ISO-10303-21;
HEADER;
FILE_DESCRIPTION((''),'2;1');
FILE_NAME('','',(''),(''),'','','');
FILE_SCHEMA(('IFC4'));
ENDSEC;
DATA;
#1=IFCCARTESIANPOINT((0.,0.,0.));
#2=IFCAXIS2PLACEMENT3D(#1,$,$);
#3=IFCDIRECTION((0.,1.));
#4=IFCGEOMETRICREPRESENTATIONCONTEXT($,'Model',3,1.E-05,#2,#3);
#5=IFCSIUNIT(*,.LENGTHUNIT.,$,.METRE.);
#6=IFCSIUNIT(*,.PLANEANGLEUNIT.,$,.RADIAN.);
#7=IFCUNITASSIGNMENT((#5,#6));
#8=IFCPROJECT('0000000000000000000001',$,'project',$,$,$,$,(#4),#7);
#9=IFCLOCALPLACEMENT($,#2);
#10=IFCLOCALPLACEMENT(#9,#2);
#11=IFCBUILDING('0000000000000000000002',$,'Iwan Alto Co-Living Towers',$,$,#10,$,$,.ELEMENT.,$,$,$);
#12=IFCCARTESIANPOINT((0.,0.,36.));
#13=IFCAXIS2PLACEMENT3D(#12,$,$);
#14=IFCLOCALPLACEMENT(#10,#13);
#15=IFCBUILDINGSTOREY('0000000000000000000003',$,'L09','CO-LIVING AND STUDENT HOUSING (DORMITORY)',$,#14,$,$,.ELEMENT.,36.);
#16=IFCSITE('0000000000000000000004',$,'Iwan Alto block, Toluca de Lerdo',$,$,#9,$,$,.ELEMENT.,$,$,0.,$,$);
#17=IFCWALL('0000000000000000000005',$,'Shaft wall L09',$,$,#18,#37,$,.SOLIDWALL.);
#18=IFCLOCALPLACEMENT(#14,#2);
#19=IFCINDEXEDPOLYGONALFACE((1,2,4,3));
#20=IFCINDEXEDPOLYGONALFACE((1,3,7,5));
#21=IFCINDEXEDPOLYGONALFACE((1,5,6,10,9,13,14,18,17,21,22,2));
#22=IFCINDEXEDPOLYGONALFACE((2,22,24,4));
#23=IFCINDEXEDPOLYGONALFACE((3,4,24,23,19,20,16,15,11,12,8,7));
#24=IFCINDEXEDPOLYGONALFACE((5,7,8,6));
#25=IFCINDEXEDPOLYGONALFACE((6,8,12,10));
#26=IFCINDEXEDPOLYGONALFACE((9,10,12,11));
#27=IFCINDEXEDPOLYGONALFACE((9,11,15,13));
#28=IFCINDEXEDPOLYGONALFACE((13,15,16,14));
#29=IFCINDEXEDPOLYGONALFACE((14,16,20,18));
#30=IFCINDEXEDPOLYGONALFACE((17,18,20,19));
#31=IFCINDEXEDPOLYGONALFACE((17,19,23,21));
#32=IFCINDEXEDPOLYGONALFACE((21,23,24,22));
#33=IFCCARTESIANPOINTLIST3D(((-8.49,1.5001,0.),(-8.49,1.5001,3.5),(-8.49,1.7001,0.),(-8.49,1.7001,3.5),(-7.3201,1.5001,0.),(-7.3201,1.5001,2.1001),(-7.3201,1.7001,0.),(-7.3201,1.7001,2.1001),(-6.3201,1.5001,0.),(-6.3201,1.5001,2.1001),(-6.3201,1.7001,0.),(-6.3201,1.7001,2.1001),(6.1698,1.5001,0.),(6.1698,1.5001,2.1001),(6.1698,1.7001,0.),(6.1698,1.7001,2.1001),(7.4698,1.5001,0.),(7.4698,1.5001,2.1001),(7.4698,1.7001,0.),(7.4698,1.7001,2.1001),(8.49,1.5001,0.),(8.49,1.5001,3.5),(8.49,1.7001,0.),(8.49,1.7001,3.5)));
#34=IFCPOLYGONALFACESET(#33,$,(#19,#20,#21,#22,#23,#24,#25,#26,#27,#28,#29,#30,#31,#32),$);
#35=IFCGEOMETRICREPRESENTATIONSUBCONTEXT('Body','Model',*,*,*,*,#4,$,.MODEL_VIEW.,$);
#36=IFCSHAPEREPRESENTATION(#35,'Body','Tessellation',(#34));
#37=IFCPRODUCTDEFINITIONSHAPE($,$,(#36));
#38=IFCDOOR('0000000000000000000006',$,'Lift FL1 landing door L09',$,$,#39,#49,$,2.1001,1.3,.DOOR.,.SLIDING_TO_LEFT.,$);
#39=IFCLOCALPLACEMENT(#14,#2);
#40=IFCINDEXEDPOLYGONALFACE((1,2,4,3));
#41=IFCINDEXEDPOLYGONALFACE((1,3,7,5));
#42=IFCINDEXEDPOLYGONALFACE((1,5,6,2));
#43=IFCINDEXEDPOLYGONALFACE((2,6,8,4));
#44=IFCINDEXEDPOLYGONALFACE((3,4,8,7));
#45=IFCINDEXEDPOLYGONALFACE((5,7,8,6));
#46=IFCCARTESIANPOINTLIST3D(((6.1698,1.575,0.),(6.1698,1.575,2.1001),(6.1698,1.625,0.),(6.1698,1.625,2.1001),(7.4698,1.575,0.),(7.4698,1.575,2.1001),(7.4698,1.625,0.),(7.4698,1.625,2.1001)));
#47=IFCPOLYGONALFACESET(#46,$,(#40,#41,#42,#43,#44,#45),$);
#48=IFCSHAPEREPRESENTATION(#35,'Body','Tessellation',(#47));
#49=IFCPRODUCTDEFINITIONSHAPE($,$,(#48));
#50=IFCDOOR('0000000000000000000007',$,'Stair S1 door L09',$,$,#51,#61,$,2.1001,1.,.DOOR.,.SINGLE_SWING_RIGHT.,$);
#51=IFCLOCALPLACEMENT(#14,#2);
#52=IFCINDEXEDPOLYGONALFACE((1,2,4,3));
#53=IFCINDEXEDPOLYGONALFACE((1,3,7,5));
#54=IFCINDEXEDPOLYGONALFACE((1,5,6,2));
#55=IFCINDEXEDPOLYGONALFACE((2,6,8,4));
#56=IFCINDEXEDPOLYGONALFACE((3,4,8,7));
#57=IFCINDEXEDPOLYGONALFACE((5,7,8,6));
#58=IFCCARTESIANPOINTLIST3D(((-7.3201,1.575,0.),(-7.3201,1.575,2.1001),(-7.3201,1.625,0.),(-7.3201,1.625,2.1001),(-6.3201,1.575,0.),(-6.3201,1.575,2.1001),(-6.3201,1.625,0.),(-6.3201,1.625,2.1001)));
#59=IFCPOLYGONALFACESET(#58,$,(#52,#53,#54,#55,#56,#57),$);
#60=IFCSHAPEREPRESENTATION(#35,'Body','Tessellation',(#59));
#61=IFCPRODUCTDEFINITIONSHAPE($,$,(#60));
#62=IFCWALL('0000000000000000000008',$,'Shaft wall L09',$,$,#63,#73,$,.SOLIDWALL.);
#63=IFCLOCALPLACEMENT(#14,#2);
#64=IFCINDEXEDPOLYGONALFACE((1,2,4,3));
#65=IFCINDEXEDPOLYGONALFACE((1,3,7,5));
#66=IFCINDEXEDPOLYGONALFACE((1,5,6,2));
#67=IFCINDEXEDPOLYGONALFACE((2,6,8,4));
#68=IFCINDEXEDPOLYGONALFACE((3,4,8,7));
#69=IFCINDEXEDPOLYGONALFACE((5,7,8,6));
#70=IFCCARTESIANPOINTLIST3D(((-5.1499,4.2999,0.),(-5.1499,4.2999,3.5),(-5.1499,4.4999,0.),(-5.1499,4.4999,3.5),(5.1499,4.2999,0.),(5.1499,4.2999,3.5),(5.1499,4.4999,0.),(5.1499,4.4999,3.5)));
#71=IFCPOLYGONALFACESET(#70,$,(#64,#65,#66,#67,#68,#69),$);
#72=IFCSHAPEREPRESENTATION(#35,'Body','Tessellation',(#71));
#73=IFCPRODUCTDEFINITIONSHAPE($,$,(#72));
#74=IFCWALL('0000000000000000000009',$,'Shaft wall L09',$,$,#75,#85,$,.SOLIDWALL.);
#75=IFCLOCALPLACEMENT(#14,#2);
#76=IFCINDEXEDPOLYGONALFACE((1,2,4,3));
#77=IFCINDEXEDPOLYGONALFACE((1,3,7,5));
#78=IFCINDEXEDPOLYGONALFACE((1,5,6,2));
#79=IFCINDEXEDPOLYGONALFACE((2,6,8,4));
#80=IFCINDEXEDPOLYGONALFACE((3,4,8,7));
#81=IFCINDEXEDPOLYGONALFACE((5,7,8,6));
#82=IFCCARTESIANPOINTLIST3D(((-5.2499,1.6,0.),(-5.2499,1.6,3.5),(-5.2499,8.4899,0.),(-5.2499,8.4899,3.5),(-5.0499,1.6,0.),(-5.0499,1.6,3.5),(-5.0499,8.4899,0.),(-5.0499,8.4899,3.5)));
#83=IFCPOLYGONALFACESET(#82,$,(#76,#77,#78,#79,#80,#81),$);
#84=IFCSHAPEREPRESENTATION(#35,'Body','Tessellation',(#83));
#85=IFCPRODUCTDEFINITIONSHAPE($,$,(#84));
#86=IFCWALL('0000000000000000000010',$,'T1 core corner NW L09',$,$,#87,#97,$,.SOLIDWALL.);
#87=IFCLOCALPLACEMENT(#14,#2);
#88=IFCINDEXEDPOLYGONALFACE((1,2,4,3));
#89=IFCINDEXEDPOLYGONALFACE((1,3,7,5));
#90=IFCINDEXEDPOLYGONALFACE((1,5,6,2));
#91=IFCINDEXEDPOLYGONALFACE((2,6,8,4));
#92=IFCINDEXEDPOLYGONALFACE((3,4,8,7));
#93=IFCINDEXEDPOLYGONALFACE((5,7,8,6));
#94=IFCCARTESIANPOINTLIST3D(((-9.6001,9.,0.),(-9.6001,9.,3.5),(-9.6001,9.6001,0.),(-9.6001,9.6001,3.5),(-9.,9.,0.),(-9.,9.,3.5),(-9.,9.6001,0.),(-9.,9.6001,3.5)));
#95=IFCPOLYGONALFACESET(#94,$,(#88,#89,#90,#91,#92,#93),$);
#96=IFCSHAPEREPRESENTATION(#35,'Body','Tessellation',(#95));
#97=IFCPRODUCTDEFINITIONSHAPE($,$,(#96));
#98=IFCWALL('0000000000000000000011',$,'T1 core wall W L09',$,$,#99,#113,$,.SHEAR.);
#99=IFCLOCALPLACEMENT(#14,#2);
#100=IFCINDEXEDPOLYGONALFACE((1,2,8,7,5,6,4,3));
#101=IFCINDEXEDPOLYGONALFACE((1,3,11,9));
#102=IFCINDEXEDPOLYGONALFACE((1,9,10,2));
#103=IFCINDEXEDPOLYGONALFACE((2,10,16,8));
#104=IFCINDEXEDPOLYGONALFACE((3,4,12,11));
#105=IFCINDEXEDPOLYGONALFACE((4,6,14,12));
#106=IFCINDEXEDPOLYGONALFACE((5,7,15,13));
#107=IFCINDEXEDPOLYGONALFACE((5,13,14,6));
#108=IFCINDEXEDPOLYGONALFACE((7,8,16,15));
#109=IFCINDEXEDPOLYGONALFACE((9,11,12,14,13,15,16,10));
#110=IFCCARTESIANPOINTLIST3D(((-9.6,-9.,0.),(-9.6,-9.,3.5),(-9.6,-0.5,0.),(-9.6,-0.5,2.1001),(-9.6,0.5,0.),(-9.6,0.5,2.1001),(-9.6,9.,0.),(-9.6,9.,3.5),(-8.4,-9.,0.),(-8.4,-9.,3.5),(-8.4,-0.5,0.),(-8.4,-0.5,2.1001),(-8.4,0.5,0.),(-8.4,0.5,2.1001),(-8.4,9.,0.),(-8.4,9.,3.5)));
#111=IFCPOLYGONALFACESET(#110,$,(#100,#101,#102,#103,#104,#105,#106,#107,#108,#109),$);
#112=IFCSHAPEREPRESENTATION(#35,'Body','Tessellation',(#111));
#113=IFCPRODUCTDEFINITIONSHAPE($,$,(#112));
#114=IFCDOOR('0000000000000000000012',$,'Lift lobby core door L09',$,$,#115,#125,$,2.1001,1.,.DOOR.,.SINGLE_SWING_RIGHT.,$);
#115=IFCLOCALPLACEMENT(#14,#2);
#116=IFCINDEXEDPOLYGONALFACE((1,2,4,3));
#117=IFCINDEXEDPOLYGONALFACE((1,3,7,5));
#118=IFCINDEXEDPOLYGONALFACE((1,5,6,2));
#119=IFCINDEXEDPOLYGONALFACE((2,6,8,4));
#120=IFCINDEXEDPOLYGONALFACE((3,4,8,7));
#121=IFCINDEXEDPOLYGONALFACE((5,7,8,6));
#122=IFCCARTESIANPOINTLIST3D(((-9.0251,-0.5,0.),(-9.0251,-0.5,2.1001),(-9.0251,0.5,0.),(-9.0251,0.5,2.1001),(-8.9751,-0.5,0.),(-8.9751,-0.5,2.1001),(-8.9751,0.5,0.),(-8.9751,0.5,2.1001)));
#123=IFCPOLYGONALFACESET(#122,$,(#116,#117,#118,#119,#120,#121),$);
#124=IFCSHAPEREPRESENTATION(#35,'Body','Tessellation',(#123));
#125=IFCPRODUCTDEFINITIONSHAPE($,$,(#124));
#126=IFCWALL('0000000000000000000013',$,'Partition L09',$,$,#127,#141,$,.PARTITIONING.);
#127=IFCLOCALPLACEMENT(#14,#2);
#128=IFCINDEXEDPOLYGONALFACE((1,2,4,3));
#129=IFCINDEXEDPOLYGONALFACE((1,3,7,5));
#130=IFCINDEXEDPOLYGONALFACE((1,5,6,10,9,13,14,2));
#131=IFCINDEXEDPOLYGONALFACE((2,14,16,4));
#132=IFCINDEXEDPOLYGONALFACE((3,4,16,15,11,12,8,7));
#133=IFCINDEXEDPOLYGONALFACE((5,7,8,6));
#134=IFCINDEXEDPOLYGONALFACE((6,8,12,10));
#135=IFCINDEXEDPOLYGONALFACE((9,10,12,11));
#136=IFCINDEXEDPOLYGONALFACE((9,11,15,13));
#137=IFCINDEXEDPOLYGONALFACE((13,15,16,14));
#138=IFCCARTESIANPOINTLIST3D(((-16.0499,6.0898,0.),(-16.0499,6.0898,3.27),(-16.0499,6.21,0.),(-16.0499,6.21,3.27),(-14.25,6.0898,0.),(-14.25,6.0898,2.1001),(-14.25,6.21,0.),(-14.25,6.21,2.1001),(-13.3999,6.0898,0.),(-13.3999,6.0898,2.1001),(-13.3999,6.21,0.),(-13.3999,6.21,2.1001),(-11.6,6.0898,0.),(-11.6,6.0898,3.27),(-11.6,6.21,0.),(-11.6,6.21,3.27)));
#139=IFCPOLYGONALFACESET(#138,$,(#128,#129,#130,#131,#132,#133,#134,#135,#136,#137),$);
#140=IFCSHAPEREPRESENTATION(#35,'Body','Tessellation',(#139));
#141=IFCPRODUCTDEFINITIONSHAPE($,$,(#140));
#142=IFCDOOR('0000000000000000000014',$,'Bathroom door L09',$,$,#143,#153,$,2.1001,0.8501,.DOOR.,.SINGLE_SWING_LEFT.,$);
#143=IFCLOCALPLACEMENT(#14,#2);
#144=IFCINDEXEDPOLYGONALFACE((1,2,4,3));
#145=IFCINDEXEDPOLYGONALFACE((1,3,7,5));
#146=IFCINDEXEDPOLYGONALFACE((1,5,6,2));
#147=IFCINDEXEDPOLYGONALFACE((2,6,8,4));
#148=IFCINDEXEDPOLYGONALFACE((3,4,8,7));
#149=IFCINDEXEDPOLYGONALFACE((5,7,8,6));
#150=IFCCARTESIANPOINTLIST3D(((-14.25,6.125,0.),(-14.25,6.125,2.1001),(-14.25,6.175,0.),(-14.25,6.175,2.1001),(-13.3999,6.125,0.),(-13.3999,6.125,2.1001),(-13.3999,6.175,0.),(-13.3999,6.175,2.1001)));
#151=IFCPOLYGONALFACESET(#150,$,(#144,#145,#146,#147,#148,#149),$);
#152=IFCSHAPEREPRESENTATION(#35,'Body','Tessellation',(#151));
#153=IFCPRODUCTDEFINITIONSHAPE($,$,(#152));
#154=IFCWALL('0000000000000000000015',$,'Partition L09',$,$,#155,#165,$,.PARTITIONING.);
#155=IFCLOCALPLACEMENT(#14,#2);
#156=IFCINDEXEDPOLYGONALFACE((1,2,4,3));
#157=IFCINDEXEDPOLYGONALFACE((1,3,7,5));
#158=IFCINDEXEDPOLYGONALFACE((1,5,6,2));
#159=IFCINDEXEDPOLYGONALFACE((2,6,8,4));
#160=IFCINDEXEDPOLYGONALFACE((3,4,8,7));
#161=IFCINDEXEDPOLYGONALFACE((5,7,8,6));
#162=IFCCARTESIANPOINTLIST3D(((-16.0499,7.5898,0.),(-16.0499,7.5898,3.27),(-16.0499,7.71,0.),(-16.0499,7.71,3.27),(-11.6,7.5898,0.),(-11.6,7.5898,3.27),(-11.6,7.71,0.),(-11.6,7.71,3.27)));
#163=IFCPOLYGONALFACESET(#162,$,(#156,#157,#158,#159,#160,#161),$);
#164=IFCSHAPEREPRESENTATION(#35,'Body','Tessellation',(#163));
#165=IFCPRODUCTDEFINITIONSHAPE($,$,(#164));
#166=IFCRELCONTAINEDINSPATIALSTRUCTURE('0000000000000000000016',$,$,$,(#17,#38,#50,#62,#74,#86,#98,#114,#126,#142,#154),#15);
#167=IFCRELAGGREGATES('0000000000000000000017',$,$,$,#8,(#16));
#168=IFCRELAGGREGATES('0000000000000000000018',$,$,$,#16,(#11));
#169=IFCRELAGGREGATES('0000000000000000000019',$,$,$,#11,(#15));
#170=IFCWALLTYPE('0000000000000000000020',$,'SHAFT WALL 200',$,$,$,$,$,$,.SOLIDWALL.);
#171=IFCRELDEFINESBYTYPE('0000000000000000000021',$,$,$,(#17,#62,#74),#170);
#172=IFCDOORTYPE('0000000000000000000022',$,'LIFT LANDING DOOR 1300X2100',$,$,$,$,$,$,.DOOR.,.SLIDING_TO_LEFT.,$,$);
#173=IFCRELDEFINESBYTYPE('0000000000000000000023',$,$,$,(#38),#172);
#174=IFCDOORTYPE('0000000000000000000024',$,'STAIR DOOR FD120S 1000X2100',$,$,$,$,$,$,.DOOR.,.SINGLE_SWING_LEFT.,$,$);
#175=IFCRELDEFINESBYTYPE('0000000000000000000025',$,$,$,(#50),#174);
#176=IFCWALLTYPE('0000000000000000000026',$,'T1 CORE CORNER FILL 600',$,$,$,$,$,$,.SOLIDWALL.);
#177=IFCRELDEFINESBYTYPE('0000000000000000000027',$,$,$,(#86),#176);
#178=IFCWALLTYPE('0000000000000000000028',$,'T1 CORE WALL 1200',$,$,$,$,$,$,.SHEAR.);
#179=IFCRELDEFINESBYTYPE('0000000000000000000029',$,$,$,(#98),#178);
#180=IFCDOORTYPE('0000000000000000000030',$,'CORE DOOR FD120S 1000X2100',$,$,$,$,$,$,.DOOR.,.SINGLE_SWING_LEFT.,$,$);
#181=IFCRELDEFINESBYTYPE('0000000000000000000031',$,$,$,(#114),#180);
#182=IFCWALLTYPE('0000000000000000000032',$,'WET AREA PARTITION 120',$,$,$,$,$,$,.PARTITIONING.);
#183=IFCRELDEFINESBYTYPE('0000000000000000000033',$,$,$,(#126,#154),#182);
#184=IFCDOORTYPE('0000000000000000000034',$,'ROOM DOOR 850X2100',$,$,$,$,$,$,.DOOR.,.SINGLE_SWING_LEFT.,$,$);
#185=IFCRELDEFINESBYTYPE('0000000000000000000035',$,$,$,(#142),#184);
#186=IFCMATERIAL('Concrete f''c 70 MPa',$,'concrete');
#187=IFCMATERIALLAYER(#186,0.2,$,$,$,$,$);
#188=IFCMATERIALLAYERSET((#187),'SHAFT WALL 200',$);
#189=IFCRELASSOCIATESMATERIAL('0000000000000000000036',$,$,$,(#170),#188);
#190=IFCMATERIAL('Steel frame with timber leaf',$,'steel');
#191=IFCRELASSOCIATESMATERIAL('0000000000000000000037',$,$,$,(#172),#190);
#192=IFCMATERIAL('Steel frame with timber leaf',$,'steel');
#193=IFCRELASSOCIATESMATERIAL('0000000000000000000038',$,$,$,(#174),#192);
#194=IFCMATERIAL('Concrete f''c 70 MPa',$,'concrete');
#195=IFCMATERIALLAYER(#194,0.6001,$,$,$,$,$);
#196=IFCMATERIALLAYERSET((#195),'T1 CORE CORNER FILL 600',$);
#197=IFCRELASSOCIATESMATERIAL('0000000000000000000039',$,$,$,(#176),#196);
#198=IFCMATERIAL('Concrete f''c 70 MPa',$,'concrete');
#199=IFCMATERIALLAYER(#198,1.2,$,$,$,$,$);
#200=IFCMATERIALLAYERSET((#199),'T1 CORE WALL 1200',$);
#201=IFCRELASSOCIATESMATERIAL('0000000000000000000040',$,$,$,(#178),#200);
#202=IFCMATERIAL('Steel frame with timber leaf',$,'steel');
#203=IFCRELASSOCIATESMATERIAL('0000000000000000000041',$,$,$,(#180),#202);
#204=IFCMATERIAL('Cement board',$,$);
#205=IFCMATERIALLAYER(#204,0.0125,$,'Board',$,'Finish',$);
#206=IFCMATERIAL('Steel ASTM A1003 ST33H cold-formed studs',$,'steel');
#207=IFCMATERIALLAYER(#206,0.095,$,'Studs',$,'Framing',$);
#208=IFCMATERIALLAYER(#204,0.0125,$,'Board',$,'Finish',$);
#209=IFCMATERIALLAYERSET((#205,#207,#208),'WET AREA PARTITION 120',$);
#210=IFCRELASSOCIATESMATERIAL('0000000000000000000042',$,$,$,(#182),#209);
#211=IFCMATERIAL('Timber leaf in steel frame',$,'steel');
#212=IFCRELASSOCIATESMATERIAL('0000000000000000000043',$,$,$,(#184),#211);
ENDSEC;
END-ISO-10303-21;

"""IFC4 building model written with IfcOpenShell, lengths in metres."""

from ifc_helpers import new_model, si_unit, direction, frame, frame_2d, origin, place, context, subcontext, project, spatial, rectangle, extrude, material, layer, layer_set, type_object, element, fill, save


model = new_model("IFC4")

# Units and contexts
model_context = context("Model", 3, precision=1e-05, world=origin(), true_north=direction((0.0, 1.0)))
body_context = subcontext(model_context, "Body", "Model", "MODEL_VIEW")
ifc_project = project(units=[si_unit("LENGTHUNIT", "METRE"), si_unit("PLANEANGLEUNIT", "RADIAN")], contexts=[model_context])

# Site, building, storey
site_placement = place(None, origin())
site = spatial("IfcSite", under=ifc_project, at=site_placement, Name="Iwan Alto block, Toluca de Lerdo", CompositionType="ELEMENT", RefElevation=0.0)
building_placement = place(site_placement, origin())
building = spatial("IfcBuilding", under=site, at=building_placement, Name="Iwan Alto Co-Living Towers", CompositionType="ELEMENT")
storey_placement = place(building_placement, frame((0.0, 0.0, 36.0)))
storey = spatial("IfcBuildingStorey", under=building, at=storey_placement, Name="L09", Description="CO-LIVING AND STUDENT HOUSING (DORMITORY)", CompositionType="ELEMENT", Elevation=36.0)

# Shared definitions
ifc_material_1 = material(Name="Steel ASTM A1003 ST33H cold-formed studs", Category="steel")

# Wall, openings, doors
ifc_material_2 = material(Name="Concrete f'c 70 MPa", Category="concrete")
ifc_layer_1 = layer(ifc_material_2, 0.2)
ifc_layer_set_1 = layer_set([ifc_layer_1], Name="SHAFT WALL 200")
wall_type_1 = type_object("IfcWallType", Name="SHAFT WALL 200", PredefinedType="SOLIDWALL", material=ifc_layer_set_1)
wall_1_placement = place(storey_placement, frame((-8.49, 1.6001, 0.0), z_axis=(0.0, 0.0, 1.0), x_axis=(1.0, 0.0, 0.0)))
wall_1 = element("IfcWall", 1, at=wall_1_placement, inside=storey, type_object=wall_type_1, Name="Shaft wall L09", PredefinedType="SOLIDWALL", context=body_context, shape_type="SweptSolid", body=[
    extrude(rectangle(XDim=16.98, YDim=0.2, at=frame_2d((8.49, 0.0))), origin(), (0.0, 0.0, 1.0), 3.5),
])
opening_1_placement = place(wall_1_placement, frame((1.1699, 0.0, 0.0)))
opening_1 = element("IfcOpeningElement", 2, at=opening_1_placement, cuts=wall_1, PredefinedType="OPENING", context=body_context, shape_type="SweptSolid", body=[
    extrude(rectangle(XDim=1.0, YDim=2.1001, at=frame_2d((0.5, 1.05))), frame((0.0, 0.1099, 0.0), z_axis=(0.0, -1.0, 0.0), x_axis=(1.0, 0.0, 0.0)), (0.0, 0.0, 1.0), 0.22),
])
opening_2_placement = place(wall_1_placement, frame((14.6599, 0.0, 0.0)))
opening_2 = element("IfcOpeningElement", 3, at=opening_2_placement, cuts=wall_1, PredefinedType="OPENING", context=body_context, shape_type="SweptSolid", body=[
    extrude(rectangle(XDim=1.3, YDim=2.1001, at=frame_2d((0.6499, 1.05))), frame((0.0, 0.1099, 0.0), z_axis=(0.0, -1.0, 0.0), x_axis=(1.0, 0.0, 0.0)), (0.0, 0.0, 1.0), 0.22),
])
ifc_material_3 = material(Name="Steel frame with timber leaf", Category="steel")
door_type_1 = type_object("IfcDoorType", Name="LIFT LANDING DOOR 1300X2100", OperationType="SLIDING_TO_LEFT", PredefinedType="DOOR", material=ifc_material_3)
door_1_placement = place(opening_2_placement, origin())
door_1 = element("IfcDoor", 4, at=door_1_placement, inside=storey, type_object=door_type_1, Name="Lift FL1 landing door L09", OperationType="SLIDING_TO_LEFT", OverallHeight=2.1001, OverallWidth=1.3, PredefinedType="DOOR", context=body_context, shape_type="SweptSolid", body=[
    extrude(rectangle(XDim=1.3, YDim=2.1001, at=frame_2d((0.6499, 1.05))), frame((0.0, 0.0249, 0.0), z_axis=(0.0, -1.0, 0.0), x_axis=(1.0, 0.0, 0.0)), (0.0, 0.0, 1.0), 0.05),
])
fill(opening_2, door_1)
ifc_material_4 = material(Name="Steel frame with timber leaf", Category="steel")
door_type_2 = type_object("IfcDoorType", Name="STAIR DOOR FD120S 1000X2100", OperationType="SINGLE_SWING_LEFT", PredefinedType="DOOR", material=ifc_material_4)
door_2_placement = place(opening_1_placement, origin())
door_2 = element("IfcDoor", 5, at=door_2_placement, inside=storey, type_object=door_type_2, Name="Stair S1 door L09", OperationType="SINGLE_SWING_RIGHT", OverallHeight=2.1001, OverallWidth=1.0, PredefinedType="DOOR", context=body_context, shape_type="SweptSolid", body=[
    extrude(rectangle(XDim=1.0, YDim=2.1001, at=frame_2d((0.5, 1.05))), frame((0.0, 0.0249, 0.0), z_axis=(0.0, -1.0, 0.0), x_axis=(1.0, 0.0, 0.0)), (0.0, 0.0, 1.0), 0.05),
])
fill(opening_1, door_2)

# Walls
wall_2_placement = place(storey_placement, frame((-5.1499, 4.3999, 0.0), z_axis=(0.0, 0.0, 1.0), x_axis=(1.0, 0.0, 0.0)))
element("IfcWall", 6, at=wall_2_placement, inside=storey, type_object=wall_type_1, Name="Shaft wall L09", PredefinedType="SOLIDWALL", context=body_context, shape_type="SweptSolid", body=[
    extrude(rectangle(XDim=10.2998, YDim=0.2, at=frame_2d((5.1499, 0.0))), origin(), (0.0, 0.0, 1.0), 3.5),
])
wall_3_placement = place(storey_placement, frame((-5.1499, 1.6001, 0.0), z_axis=(0.0, 0.0, 1.0), x_axis=(0.0, 1.0, 0.0)))
element("IfcWall", 7, at=wall_3_placement, inside=storey, type_object=wall_type_1, Name="Shaft wall L09", PredefinedType="SOLIDWALL", context=body_context, shape_type="SweptSolid", body=[
    extrude(rectangle(XDim=6.8899, YDim=0.2, at=frame_2d((3.4448, 0.0))), origin(), (0.0, 0.0, 1.0), 3.5),
])
ifc_material_5 = material(Name="Concrete f'c 70 MPa", Category="concrete")
ifc_layer_2 = layer(ifc_material_5, 0.6001)
ifc_layer_set_2 = layer_set([ifc_layer_2], Name="T1 CORE CORNER FILL 600")
wall_type_2 = type_object("IfcWallType", Name="T1 CORE CORNER FILL 600", PredefinedType="SOLIDWALL", material=ifc_layer_set_2)
wall_4_placement = place(storey_placement, frame((-9.6001, 9.3, 0.0), z_axis=(0.0, 0.0, 1.0), x_axis=(1.0, 0.0, 0.0)))
element("IfcWall", 8, at=wall_4_placement, inside=storey, type_object=wall_type_2, Name="T1 core corner NW L09", PredefinedType="SOLIDWALL", context=body_context, shape_type="SweptSolid", body=[
    extrude(rectangle(XDim=0.6001, YDim=0.6001, at=frame_2d((0.3, 0.0))), origin(), (0.0, 0.0, 1.0), 3.5),
])

# Walls, openings, doors
ifc_material_6 = material(Name="Concrete f'c 70 MPa", Category="concrete")
ifc_layer_3 = layer(ifc_material_6, 1.2)
ifc_layer_set_3 = layer_set([ifc_layer_3], Name="T1 CORE WALL 1200")
wall_type_3 = type_object("IfcWallType", Name="T1 CORE WALL 1200", PredefinedType="SHEAR", material=ifc_layer_set_3)
wall_5_placement = place(storey_placement, frame((-9.0, 9.0, 0.0), z_axis=(0.0, 0.0, 1.0), x_axis=(0.0, -1.0, 0.0)))
wall_5 = element("IfcWall", 9, at=wall_5_placement, inside=storey, type_object=wall_type_3, Name="T1 core wall W L09", PredefinedType="SHEAR", context=body_context, shape_type="SweptSolid", body=[
    extrude(rectangle(XDim=18.0, YDim=1.2, at=frame_2d((9.0, 0.0))), origin(), (0.0, 0.0, 1.0), 3.5),
])
opening_3_placement = place(wall_5_placement, frame((8.5, 0.0, 0.0)))
opening_3 = element("IfcOpeningElement", 10, at=opening_3_placement, cuts=wall_5, PredefinedType="OPENING", context=body_context, shape_type="SweptSolid", body=[
    extrude(rectangle(XDim=1.0, YDim=2.1001, at=frame_2d((0.5, 1.05))), frame((0.0, 0.6099, 0.0), z_axis=(0.0, -1.0, 0.0), x_axis=(1.0, 0.0, 0.0)), (0.0, 0.0, 1.0), 1.22),
])
ifc_material_7 = material(Name="Steel frame with timber leaf", Category="steel")
door_type_3 = type_object("IfcDoorType", Name="CORE DOOR FD120S 1000X2100", OperationType="SINGLE_SWING_LEFT", PredefinedType="DOOR", material=ifc_material_7)
door_3_placement = place(opening_3_placement, origin())
door_3 = element("IfcDoor", 11, at=door_3_placement, inside=storey, type_object=door_type_3, Name="Lift lobby core door L09", OperationType="SINGLE_SWING_RIGHT", OverallHeight=2.1001, OverallWidth=1.0, PredefinedType="DOOR", context=body_context, shape_type="SweptSolid", body=[
    extrude(rectangle(XDim=1.0, YDim=2.1001, at=frame_2d((0.5, 1.05))), frame((0.0, 0.0249, 0.0), z_axis=(0.0, -1.0, 0.0), x_axis=(1.0, 0.0, 0.0)), (0.0, 0.0, 1.0), 0.05),
])
fill(opening_3, door_3)
ifc_material_8 = material(Name="Cement board")
ifc_layer_4 = layer(ifc_material_8, 0.0125, Name="Board", Category="Finish")
ifc_layer_5 = layer(ifc_material_1, 0.095, Name="Studs", Category="Framing")
ifc_layer_6 = layer(ifc_material_8, 0.0125, Name="Board", Category="Finish")
ifc_layer_set_4 = layer_set([ifc_layer_4, ifc_layer_5, ifc_layer_6], Name="WET AREA PARTITION 120")
wall_type_4 = type_object("IfcWallType", Name="WET AREA PARTITION 120", PredefinedType="PARTITIONING", material=ifc_layer_set_4)
wall_6_placement = place(storey_placement, frame((-16.05, 6.1499, 0.0), z_axis=(0.0, 0.0, 1.0), x_axis=(1.0, 0.0, 0.0)))
wall_6 = element("IfcWall", 12, at=wall_6_placement, inside=storey, type_object=wall_type_4, Name="Partition L09", PredefinedType="PARTITIONING", context=body_context, shape_type="SweptSolid", body=[
    extrude(rectangle(XDim=4.45, YDim=0.1201, at=frame_2d((2.2251, 0.0))), origin(), (0.0, 0.0, 1.0), 3.27),
])
opening_4_placement = place(wall_6_placement, frame((1.8, 0.0, 0.0)))
opening_4 = element("IfcOpeningElement", 13, at=opening_4_placement, cuts=wall_6, PredefinedType="OPENING", context=body_context, shape_type="SweptSolid", body=[
    extrude(rectangle(XDim=0.8501, YDim=2.1001, at=frame_2d((0.425, 1.05))), frame((0.0, 0.0701, 0.0), z_axis=(0.0, -1.0, 0.0), x_axis=(1.0, 0.0, 0.0)), (0.0, 0.0, 1.0), 0.1401),
])
ifc_material_9 = material(Name="Timber leaf in steel frame", Category="steel")
door_type_4 = type_object("IfcDoorType", Name="ROOM DOOR 850X2100", OperationType="SINGLE_SWING_LEFT", PredefinedType="DOOR", material=ifc_material_9)
door_4_placement = place(opening_4_placement, frame((0.8501, 0.0, 0.0), z_axis=(0.0, 0.0, 1.0), x_axis=(-1.0, 0.0, 0.0)))
door_4 = element("IfcDoor", 14, at=door_4_placement, inside=storey, type_object=door_type_4, Name="Bathroom door L09", OperationType="SINGLE_SWING_LEFT", OverallHeight=2.1001, OverallWidth=0.8501, PredefinedType="DOOR", context=body_context, shape_type="SweptSolid", body=[
    extrude(rectangle(XDim=0.8501, YDim=2.1001, at=frame_2d((0.425, 1.05))), frame((0.0, 0.0249, 0.0), z_axis=(0.0, -1.0, 0.0), x_axis=(1.0, 0.0, 0.0)), (0.0, 0.0, 1.0), 0.05),
])
fill(opening_4, door_4)

# Wall
for number, where, z_axis, x_axis, name in (
    (15, (-16.05, 7.6499, 0.0), (0.0, 0.0, 1.0), (1.0, 0.0, 0.0), "Partition L09"),
):
    element("IfcWall", number, at=place(storey_placement, frame(where, z_axis=z_axis, x_axis=x_axis)), inside=storey, type_object=wall_type_4, Name=name, PredefinedType="PARTITIONING", context=body_context, shape_type="SweptSolid", body=[
        extrude(rectangle(XDim=4.45, YDim=0.1201, at=frame_2d((2.2251, 0.0))), origin(), (0.0, 0.0, 1.0), 3.27),
    ])

save(model, "model.ifc")
